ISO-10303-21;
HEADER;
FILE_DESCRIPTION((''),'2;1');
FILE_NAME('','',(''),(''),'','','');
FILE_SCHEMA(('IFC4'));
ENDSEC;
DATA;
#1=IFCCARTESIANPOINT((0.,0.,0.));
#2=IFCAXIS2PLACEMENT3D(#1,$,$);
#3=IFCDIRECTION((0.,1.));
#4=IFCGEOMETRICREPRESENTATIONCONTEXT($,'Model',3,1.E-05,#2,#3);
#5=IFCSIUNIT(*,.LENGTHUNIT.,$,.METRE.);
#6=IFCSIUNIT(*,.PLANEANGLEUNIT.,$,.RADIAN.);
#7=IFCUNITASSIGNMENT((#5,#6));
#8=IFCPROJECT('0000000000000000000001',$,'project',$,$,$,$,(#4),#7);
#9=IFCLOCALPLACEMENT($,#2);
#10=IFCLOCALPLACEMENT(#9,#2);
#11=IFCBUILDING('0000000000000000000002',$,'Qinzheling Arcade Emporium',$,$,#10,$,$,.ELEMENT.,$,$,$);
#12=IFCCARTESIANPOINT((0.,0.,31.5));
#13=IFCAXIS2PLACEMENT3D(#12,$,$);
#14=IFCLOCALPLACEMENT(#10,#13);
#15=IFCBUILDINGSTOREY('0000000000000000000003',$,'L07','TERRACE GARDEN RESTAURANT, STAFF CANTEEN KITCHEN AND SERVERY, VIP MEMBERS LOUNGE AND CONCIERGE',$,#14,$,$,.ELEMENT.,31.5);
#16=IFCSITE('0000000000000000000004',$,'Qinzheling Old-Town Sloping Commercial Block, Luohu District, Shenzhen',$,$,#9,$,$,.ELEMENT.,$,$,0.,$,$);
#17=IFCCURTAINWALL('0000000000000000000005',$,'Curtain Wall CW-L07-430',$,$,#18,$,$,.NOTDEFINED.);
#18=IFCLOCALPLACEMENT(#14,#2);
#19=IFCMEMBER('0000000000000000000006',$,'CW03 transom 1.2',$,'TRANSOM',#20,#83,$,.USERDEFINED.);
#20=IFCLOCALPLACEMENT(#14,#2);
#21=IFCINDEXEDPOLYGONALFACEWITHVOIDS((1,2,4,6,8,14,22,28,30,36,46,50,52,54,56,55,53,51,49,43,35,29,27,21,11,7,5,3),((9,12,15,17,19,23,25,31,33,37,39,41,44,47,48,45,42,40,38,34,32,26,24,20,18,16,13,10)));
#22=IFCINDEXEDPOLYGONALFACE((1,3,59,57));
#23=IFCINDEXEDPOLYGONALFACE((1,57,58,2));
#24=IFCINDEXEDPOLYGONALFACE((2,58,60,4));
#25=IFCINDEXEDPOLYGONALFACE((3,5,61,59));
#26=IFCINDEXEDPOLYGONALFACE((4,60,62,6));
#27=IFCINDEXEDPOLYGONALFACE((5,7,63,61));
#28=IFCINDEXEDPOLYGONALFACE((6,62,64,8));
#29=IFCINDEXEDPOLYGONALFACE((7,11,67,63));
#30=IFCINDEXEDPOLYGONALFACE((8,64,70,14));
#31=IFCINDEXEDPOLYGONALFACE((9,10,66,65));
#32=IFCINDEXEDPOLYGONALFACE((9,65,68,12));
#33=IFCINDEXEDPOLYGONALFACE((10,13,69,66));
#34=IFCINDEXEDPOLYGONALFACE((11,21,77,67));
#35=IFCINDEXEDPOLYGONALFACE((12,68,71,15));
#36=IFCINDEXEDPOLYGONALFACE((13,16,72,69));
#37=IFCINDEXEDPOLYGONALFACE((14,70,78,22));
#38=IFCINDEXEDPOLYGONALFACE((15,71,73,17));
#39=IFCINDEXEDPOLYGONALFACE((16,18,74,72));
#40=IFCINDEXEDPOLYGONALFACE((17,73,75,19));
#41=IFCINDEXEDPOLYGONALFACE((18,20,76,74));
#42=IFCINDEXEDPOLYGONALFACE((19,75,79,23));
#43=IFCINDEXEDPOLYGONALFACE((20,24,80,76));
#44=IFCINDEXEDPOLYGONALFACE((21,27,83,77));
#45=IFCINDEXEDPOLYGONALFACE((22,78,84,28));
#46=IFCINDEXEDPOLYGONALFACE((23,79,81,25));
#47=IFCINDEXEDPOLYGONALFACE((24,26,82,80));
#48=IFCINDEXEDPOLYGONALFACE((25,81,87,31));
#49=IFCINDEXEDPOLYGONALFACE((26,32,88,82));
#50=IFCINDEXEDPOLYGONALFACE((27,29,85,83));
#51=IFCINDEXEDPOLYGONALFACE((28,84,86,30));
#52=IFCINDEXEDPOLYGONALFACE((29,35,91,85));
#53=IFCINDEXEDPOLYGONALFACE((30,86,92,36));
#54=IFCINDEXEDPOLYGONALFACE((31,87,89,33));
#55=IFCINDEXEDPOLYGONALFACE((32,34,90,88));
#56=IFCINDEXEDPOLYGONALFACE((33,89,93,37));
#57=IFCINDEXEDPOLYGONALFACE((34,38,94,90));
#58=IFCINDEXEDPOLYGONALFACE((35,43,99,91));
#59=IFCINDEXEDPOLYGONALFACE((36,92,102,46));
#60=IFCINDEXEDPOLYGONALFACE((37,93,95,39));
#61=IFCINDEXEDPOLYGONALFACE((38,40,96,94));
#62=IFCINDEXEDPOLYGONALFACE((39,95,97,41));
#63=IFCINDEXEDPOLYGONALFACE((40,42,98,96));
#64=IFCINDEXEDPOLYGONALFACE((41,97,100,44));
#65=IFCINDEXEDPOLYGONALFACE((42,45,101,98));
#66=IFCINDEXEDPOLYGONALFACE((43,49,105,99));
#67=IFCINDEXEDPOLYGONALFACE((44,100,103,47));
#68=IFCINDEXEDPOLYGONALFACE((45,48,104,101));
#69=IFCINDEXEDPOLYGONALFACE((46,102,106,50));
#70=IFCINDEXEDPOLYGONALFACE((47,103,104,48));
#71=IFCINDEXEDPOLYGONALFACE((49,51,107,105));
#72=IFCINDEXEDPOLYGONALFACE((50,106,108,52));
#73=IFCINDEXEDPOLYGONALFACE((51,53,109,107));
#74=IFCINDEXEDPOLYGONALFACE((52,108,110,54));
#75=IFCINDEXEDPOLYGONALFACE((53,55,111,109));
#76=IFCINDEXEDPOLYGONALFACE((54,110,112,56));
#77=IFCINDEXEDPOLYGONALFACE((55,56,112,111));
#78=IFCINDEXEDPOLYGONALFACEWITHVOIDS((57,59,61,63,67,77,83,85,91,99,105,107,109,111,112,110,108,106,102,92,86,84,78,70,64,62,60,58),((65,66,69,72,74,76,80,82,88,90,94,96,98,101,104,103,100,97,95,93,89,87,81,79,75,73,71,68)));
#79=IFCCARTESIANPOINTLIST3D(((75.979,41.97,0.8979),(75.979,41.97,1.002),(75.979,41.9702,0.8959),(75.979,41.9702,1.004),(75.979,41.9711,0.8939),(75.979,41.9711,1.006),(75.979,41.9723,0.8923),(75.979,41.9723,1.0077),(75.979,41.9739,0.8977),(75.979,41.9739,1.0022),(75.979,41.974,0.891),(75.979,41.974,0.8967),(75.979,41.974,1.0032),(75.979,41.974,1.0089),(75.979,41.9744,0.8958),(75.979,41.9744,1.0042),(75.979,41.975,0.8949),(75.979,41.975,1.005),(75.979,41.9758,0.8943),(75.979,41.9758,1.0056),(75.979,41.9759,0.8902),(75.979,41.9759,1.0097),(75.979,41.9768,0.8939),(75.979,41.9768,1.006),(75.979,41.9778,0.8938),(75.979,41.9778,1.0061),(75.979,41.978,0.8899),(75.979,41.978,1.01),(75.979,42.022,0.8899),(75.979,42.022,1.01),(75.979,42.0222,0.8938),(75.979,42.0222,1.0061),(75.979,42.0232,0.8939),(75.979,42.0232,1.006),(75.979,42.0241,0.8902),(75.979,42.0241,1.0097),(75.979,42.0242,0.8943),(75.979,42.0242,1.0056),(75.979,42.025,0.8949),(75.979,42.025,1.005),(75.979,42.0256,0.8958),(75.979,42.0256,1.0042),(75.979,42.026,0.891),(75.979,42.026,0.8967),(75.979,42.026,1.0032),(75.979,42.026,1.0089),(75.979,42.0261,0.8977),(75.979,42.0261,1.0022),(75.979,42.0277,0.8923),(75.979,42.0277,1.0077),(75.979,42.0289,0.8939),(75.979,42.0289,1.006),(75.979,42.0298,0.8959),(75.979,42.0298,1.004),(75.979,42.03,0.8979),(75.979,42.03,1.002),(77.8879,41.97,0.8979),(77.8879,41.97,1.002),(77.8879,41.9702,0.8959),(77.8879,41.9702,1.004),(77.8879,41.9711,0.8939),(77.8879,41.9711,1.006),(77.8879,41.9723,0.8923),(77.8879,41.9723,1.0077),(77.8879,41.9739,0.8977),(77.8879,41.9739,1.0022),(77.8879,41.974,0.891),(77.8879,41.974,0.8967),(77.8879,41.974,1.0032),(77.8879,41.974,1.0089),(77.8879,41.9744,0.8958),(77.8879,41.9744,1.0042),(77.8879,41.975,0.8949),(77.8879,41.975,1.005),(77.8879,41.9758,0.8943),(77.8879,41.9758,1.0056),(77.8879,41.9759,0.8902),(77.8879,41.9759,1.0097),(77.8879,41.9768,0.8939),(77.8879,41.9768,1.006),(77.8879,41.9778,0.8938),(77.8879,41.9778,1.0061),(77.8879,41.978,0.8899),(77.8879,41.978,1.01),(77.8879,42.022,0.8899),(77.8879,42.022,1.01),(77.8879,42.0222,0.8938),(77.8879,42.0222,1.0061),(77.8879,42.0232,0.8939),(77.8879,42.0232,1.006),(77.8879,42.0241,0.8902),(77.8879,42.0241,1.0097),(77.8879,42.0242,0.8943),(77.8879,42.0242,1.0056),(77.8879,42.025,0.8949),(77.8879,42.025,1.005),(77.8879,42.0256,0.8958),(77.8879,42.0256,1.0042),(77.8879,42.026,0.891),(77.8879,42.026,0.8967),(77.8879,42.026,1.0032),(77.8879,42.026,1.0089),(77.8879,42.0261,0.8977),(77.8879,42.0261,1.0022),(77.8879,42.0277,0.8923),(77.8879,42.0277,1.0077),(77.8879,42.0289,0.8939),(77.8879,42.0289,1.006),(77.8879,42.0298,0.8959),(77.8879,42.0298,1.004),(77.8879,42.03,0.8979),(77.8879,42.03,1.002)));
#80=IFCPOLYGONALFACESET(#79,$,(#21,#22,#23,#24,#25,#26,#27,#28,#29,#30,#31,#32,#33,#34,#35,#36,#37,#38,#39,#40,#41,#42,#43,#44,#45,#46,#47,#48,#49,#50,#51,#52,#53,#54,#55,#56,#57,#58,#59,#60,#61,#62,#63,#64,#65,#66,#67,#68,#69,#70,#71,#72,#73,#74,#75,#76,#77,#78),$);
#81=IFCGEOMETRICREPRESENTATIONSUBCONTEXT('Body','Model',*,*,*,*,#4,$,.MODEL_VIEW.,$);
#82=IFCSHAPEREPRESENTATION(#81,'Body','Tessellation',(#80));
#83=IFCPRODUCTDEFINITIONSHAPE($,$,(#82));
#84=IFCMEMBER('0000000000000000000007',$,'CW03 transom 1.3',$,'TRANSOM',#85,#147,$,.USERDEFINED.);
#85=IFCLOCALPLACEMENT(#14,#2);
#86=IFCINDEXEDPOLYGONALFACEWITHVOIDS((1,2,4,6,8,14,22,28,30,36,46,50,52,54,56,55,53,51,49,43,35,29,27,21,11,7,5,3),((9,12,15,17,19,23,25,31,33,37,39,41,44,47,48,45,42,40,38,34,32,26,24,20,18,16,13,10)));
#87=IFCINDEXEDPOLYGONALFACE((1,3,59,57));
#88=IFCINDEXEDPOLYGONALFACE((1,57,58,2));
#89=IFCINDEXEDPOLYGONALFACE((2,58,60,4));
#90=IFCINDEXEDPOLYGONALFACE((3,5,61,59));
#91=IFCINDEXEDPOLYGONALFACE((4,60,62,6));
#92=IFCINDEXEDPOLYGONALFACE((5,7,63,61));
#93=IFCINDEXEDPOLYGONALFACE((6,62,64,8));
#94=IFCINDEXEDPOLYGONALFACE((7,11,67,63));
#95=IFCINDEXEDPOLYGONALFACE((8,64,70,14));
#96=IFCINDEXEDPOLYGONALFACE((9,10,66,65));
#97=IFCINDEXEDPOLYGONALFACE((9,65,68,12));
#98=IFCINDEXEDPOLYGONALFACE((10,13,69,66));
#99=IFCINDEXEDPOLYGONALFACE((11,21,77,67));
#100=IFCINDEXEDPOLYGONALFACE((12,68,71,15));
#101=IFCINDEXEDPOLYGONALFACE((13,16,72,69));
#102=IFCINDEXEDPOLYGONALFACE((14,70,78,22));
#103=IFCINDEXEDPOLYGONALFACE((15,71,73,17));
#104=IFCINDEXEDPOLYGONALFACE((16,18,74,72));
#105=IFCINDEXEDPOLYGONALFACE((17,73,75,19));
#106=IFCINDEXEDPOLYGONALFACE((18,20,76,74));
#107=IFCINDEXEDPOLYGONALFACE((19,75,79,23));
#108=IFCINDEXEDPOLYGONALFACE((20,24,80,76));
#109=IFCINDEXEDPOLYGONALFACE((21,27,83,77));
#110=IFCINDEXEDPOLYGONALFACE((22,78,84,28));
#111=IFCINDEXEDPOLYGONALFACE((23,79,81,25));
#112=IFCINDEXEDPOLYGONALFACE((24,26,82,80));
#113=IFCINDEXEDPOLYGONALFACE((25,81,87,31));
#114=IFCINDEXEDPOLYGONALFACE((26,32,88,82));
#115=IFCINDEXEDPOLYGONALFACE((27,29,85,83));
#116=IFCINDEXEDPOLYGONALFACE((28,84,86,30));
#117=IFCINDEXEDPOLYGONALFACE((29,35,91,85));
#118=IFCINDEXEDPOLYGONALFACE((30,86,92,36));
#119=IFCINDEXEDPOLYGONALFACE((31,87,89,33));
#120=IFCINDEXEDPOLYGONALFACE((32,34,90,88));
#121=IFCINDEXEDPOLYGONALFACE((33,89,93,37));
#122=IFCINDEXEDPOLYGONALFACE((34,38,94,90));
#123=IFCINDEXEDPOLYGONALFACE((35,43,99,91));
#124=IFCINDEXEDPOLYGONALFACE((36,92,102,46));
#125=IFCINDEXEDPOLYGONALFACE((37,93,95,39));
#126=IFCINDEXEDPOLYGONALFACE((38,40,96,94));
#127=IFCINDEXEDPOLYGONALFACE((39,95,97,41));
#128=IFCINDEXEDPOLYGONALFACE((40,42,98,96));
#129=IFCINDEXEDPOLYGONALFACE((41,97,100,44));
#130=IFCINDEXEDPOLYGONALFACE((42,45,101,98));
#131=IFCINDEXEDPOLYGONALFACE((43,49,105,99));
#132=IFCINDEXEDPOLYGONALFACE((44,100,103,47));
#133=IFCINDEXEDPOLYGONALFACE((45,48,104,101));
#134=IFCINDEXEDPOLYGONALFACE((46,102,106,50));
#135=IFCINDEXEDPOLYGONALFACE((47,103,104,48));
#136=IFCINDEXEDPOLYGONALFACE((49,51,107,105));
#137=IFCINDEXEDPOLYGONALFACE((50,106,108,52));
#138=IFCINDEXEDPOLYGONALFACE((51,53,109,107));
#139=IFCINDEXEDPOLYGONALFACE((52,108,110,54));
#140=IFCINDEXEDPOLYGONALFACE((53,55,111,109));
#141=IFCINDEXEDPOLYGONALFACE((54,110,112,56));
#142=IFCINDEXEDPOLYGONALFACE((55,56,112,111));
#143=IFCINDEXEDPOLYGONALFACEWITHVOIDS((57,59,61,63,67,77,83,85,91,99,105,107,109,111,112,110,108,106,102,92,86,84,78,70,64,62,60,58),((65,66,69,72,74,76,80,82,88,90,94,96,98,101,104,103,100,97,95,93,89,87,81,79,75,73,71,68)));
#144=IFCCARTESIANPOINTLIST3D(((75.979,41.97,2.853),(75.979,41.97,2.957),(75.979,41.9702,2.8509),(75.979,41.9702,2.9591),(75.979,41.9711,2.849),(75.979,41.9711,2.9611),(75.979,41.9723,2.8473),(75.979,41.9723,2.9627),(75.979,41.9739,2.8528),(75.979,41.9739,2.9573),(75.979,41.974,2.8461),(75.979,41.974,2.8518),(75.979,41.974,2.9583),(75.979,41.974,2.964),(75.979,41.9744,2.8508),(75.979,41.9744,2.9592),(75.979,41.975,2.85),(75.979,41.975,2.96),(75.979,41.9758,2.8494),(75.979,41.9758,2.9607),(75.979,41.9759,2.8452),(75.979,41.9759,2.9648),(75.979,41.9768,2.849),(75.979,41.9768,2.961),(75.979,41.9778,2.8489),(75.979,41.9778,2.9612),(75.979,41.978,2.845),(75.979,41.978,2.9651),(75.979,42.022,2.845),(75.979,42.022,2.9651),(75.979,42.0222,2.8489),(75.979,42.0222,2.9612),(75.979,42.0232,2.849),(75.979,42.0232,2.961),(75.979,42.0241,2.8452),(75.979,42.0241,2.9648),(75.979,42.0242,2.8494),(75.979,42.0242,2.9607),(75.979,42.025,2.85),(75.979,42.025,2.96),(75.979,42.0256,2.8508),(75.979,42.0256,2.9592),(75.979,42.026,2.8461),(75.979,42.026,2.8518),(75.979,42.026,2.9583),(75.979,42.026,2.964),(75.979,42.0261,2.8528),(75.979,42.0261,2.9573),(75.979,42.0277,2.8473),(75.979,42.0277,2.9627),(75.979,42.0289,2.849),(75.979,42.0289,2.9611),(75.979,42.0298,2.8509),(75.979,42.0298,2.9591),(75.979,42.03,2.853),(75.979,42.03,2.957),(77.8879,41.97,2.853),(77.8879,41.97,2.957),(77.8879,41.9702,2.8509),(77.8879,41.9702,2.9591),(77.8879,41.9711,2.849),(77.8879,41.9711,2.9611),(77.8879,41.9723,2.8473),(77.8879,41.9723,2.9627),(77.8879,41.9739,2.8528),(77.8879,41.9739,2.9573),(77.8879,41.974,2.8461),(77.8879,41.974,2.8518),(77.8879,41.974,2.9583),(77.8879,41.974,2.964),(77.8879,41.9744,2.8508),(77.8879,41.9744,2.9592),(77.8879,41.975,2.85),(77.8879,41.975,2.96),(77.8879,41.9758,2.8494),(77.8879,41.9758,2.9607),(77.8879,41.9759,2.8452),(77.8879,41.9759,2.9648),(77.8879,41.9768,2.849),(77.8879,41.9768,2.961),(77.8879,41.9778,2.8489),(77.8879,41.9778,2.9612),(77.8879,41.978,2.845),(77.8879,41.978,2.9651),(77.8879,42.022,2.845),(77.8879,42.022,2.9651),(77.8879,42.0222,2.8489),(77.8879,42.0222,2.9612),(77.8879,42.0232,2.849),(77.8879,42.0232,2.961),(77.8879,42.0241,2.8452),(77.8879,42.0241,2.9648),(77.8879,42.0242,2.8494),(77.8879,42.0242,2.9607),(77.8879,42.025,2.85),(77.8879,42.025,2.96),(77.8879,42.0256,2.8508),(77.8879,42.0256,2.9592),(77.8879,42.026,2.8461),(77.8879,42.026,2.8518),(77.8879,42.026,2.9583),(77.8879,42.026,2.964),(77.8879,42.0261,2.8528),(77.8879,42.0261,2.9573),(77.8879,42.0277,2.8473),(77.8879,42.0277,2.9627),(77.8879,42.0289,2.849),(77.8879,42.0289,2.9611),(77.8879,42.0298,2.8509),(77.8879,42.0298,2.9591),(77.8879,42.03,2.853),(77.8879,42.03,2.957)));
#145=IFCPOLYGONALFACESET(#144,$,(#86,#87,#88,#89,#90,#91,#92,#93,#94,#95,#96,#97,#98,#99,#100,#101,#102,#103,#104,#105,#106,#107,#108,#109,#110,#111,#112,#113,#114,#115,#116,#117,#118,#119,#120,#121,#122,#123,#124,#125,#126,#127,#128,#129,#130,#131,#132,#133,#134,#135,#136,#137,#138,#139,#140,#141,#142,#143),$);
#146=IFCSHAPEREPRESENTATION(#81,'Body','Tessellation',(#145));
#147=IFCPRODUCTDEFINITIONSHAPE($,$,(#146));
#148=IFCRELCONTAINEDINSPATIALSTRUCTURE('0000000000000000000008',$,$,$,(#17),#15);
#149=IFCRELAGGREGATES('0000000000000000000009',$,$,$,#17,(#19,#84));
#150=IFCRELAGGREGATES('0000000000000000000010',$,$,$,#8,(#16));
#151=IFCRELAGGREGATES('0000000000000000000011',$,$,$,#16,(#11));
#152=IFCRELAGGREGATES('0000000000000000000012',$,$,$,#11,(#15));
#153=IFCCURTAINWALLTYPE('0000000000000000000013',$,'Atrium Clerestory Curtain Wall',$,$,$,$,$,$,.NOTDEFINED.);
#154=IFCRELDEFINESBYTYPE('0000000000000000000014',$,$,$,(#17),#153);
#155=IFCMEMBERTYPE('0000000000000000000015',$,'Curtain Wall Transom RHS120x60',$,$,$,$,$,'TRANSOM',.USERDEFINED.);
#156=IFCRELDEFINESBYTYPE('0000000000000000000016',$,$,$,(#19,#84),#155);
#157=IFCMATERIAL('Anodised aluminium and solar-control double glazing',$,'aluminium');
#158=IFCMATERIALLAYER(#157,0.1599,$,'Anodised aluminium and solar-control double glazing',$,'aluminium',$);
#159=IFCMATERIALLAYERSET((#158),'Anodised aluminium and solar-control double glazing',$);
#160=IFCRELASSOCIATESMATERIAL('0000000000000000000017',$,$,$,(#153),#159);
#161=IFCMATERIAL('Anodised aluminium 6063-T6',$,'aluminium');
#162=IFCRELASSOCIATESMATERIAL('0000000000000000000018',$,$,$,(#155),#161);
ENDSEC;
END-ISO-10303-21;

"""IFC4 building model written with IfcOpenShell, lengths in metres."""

from ifc_helpers import new_model, si_unit, direction, frame, origin, origin_2d, place, context, subcontext, project, spatial, hollow_rectangle, extrude, material, layer, layer_set, material_profile, profile_set, type_object, element, aggregate, save


model = new_model("IFC4")

# Units and contexts
model_context = context("Model", 3, precision=1e-05, world=origin(), true_north=direction((0.0, 1.0)))
body_context = subcontext(model_context, "Body", "Model", "MODEL_VIEW")
ifc_project = project(units=[si_unit("LENGTHUNIT", "METRE"), si_unit("PLANEANGLEUNIT", "RADIAN")], contexts=[model_context])

# Site, building, storey
site_placement = place(None, origin())
site = spatial("IfcSite", under=ifc_project, at=site_placement, Name="Qinzheling Old-Town Sloping Commercial Block, Luohu District, Shenzhen", CompositionType="ELEMENT", RefElevation=0.0)
building_placement = place(site_placement, origin())
building = spatial("IfcBuilding", under=site, at=building_placement, Name="Qinzheling Arcade Emporium", CompositionType="ELEMENT")
storey_placement = place(building_placement, frame((0.0, 0.0, 31.5)))
storey = spatial("IfcBuildingStorey", under=building, at=storey_placement, Name="L07", Description="TERRACE GARDEN RESTAURANT, STAFF CANTEEN KITCHEN AND SERVERY, VIP MEMBERS LOUNGE AND CONCIERGE", CompositionType="ELEMENT", Elevation=31.5)

# Curtain wall, members
ifc_material_1 = material(Name="Anodised aluminium and solar-control double glazing", Category="aluminium")
ifc_layer_1 = layer(ifc_material_1, 0.1599, Name="Anodised aluminium and solar-control double glazing", Category="aluminium")
ifc_layer_set_1 = layer_set([ifc_layer_1], Name="Anodised aluminium and solar-control double glazing")
curtain_wall_type = type_object("IfcCurtainWallType", Name="Atrium Clerestory Curtain Wall", PredefinedType="NOTDEFINED", material=ifc_layer_set_1)
curtain_wall_placement = place(storey_placement, origin())
curtain_wall = element("IfcCurtainWall", 1, at=curtain_wall_placement, inside=storey, type_object=curtain_wall_type, Name="Curtain Wall CW-L07-430", PredefinedType="NOTDEFINED")
ifc_material_2 = material(Name="Anodised aluminium 6063-T6", Category="aluminium")
ifc_material_profile_1 = material_profile(ifc_material_2, hollow_rectangle(XDim=0.0601, YDim=0.1201, WallThickness=0.0039, InnerFilletRadius=0.0039, OuterFilletRadius=0.0081, at=origin_2d()), Name="RHS 120x60x4", Category="aluminium")
ifc_profile_set_1 = profile_set([ifc_material_profile_1], Name="Anodised aluminium 6063-T6")
member_type_1 = type_object("IfcMemberType", Name="Curtain Wall Transom RHS120x60", ElementType="TRANSOM", PredefinedType="USERDEFINED", material=ifc_profile_set_1)
member_1_placement = place(storey_placement, frame((77.8879, 42.0, 0.95), z_axis=(-1.0, 0.0, 0.0), x_axis=(0.0, -1.0, 0.0)))
member_1 = element("IfcMember", 2, at=member_1_placement, type_object=member_type_1, Name="CW03 transom 1.2", ObjectType="TRANSOM", PredefinedType="USERDEFINED", context=body_context, shape_type="SweptSolid", body=[
    extrude(hollow_rectangle(XDim=0.0601, YDim=0.1201, WallThickness=0.0039, InnerFilletRadius=0.0039, OuterFilletRadius=0.0081, at=origin_2d()), origin(), (0.0, 0.0, 1.0), 1.9089),
])
member_2_placement = place(storey_placement, frame((77.8879, 42.0, 2.905), z_axis=(-1.0, 0.0, 0.0), x_axis=(0.0, -1.0, 0.0)))
member_2 = element("IfcMember", 3, at=member_2_placement, type_object=member_type_1, Name="CW03 transom 1.3", ObjectType="TRANSOM", PredefinedType="USERDEFINED", context=body_context, shape_type="SweptSolid", body=[
    extrude(hollow_rectangle(XDim=0.0601, YDim=0.1201, WallThickness=0.0039, InnerFilletRadius=0.0039, OuterFilletRadius=0.0081, at=origin_2d()), origin(), (0.0, 0.0, 1.0), 1.9089),
])

aggregate(curtain_wall, [member_1, member_2])

save(model, "model.ifc")
